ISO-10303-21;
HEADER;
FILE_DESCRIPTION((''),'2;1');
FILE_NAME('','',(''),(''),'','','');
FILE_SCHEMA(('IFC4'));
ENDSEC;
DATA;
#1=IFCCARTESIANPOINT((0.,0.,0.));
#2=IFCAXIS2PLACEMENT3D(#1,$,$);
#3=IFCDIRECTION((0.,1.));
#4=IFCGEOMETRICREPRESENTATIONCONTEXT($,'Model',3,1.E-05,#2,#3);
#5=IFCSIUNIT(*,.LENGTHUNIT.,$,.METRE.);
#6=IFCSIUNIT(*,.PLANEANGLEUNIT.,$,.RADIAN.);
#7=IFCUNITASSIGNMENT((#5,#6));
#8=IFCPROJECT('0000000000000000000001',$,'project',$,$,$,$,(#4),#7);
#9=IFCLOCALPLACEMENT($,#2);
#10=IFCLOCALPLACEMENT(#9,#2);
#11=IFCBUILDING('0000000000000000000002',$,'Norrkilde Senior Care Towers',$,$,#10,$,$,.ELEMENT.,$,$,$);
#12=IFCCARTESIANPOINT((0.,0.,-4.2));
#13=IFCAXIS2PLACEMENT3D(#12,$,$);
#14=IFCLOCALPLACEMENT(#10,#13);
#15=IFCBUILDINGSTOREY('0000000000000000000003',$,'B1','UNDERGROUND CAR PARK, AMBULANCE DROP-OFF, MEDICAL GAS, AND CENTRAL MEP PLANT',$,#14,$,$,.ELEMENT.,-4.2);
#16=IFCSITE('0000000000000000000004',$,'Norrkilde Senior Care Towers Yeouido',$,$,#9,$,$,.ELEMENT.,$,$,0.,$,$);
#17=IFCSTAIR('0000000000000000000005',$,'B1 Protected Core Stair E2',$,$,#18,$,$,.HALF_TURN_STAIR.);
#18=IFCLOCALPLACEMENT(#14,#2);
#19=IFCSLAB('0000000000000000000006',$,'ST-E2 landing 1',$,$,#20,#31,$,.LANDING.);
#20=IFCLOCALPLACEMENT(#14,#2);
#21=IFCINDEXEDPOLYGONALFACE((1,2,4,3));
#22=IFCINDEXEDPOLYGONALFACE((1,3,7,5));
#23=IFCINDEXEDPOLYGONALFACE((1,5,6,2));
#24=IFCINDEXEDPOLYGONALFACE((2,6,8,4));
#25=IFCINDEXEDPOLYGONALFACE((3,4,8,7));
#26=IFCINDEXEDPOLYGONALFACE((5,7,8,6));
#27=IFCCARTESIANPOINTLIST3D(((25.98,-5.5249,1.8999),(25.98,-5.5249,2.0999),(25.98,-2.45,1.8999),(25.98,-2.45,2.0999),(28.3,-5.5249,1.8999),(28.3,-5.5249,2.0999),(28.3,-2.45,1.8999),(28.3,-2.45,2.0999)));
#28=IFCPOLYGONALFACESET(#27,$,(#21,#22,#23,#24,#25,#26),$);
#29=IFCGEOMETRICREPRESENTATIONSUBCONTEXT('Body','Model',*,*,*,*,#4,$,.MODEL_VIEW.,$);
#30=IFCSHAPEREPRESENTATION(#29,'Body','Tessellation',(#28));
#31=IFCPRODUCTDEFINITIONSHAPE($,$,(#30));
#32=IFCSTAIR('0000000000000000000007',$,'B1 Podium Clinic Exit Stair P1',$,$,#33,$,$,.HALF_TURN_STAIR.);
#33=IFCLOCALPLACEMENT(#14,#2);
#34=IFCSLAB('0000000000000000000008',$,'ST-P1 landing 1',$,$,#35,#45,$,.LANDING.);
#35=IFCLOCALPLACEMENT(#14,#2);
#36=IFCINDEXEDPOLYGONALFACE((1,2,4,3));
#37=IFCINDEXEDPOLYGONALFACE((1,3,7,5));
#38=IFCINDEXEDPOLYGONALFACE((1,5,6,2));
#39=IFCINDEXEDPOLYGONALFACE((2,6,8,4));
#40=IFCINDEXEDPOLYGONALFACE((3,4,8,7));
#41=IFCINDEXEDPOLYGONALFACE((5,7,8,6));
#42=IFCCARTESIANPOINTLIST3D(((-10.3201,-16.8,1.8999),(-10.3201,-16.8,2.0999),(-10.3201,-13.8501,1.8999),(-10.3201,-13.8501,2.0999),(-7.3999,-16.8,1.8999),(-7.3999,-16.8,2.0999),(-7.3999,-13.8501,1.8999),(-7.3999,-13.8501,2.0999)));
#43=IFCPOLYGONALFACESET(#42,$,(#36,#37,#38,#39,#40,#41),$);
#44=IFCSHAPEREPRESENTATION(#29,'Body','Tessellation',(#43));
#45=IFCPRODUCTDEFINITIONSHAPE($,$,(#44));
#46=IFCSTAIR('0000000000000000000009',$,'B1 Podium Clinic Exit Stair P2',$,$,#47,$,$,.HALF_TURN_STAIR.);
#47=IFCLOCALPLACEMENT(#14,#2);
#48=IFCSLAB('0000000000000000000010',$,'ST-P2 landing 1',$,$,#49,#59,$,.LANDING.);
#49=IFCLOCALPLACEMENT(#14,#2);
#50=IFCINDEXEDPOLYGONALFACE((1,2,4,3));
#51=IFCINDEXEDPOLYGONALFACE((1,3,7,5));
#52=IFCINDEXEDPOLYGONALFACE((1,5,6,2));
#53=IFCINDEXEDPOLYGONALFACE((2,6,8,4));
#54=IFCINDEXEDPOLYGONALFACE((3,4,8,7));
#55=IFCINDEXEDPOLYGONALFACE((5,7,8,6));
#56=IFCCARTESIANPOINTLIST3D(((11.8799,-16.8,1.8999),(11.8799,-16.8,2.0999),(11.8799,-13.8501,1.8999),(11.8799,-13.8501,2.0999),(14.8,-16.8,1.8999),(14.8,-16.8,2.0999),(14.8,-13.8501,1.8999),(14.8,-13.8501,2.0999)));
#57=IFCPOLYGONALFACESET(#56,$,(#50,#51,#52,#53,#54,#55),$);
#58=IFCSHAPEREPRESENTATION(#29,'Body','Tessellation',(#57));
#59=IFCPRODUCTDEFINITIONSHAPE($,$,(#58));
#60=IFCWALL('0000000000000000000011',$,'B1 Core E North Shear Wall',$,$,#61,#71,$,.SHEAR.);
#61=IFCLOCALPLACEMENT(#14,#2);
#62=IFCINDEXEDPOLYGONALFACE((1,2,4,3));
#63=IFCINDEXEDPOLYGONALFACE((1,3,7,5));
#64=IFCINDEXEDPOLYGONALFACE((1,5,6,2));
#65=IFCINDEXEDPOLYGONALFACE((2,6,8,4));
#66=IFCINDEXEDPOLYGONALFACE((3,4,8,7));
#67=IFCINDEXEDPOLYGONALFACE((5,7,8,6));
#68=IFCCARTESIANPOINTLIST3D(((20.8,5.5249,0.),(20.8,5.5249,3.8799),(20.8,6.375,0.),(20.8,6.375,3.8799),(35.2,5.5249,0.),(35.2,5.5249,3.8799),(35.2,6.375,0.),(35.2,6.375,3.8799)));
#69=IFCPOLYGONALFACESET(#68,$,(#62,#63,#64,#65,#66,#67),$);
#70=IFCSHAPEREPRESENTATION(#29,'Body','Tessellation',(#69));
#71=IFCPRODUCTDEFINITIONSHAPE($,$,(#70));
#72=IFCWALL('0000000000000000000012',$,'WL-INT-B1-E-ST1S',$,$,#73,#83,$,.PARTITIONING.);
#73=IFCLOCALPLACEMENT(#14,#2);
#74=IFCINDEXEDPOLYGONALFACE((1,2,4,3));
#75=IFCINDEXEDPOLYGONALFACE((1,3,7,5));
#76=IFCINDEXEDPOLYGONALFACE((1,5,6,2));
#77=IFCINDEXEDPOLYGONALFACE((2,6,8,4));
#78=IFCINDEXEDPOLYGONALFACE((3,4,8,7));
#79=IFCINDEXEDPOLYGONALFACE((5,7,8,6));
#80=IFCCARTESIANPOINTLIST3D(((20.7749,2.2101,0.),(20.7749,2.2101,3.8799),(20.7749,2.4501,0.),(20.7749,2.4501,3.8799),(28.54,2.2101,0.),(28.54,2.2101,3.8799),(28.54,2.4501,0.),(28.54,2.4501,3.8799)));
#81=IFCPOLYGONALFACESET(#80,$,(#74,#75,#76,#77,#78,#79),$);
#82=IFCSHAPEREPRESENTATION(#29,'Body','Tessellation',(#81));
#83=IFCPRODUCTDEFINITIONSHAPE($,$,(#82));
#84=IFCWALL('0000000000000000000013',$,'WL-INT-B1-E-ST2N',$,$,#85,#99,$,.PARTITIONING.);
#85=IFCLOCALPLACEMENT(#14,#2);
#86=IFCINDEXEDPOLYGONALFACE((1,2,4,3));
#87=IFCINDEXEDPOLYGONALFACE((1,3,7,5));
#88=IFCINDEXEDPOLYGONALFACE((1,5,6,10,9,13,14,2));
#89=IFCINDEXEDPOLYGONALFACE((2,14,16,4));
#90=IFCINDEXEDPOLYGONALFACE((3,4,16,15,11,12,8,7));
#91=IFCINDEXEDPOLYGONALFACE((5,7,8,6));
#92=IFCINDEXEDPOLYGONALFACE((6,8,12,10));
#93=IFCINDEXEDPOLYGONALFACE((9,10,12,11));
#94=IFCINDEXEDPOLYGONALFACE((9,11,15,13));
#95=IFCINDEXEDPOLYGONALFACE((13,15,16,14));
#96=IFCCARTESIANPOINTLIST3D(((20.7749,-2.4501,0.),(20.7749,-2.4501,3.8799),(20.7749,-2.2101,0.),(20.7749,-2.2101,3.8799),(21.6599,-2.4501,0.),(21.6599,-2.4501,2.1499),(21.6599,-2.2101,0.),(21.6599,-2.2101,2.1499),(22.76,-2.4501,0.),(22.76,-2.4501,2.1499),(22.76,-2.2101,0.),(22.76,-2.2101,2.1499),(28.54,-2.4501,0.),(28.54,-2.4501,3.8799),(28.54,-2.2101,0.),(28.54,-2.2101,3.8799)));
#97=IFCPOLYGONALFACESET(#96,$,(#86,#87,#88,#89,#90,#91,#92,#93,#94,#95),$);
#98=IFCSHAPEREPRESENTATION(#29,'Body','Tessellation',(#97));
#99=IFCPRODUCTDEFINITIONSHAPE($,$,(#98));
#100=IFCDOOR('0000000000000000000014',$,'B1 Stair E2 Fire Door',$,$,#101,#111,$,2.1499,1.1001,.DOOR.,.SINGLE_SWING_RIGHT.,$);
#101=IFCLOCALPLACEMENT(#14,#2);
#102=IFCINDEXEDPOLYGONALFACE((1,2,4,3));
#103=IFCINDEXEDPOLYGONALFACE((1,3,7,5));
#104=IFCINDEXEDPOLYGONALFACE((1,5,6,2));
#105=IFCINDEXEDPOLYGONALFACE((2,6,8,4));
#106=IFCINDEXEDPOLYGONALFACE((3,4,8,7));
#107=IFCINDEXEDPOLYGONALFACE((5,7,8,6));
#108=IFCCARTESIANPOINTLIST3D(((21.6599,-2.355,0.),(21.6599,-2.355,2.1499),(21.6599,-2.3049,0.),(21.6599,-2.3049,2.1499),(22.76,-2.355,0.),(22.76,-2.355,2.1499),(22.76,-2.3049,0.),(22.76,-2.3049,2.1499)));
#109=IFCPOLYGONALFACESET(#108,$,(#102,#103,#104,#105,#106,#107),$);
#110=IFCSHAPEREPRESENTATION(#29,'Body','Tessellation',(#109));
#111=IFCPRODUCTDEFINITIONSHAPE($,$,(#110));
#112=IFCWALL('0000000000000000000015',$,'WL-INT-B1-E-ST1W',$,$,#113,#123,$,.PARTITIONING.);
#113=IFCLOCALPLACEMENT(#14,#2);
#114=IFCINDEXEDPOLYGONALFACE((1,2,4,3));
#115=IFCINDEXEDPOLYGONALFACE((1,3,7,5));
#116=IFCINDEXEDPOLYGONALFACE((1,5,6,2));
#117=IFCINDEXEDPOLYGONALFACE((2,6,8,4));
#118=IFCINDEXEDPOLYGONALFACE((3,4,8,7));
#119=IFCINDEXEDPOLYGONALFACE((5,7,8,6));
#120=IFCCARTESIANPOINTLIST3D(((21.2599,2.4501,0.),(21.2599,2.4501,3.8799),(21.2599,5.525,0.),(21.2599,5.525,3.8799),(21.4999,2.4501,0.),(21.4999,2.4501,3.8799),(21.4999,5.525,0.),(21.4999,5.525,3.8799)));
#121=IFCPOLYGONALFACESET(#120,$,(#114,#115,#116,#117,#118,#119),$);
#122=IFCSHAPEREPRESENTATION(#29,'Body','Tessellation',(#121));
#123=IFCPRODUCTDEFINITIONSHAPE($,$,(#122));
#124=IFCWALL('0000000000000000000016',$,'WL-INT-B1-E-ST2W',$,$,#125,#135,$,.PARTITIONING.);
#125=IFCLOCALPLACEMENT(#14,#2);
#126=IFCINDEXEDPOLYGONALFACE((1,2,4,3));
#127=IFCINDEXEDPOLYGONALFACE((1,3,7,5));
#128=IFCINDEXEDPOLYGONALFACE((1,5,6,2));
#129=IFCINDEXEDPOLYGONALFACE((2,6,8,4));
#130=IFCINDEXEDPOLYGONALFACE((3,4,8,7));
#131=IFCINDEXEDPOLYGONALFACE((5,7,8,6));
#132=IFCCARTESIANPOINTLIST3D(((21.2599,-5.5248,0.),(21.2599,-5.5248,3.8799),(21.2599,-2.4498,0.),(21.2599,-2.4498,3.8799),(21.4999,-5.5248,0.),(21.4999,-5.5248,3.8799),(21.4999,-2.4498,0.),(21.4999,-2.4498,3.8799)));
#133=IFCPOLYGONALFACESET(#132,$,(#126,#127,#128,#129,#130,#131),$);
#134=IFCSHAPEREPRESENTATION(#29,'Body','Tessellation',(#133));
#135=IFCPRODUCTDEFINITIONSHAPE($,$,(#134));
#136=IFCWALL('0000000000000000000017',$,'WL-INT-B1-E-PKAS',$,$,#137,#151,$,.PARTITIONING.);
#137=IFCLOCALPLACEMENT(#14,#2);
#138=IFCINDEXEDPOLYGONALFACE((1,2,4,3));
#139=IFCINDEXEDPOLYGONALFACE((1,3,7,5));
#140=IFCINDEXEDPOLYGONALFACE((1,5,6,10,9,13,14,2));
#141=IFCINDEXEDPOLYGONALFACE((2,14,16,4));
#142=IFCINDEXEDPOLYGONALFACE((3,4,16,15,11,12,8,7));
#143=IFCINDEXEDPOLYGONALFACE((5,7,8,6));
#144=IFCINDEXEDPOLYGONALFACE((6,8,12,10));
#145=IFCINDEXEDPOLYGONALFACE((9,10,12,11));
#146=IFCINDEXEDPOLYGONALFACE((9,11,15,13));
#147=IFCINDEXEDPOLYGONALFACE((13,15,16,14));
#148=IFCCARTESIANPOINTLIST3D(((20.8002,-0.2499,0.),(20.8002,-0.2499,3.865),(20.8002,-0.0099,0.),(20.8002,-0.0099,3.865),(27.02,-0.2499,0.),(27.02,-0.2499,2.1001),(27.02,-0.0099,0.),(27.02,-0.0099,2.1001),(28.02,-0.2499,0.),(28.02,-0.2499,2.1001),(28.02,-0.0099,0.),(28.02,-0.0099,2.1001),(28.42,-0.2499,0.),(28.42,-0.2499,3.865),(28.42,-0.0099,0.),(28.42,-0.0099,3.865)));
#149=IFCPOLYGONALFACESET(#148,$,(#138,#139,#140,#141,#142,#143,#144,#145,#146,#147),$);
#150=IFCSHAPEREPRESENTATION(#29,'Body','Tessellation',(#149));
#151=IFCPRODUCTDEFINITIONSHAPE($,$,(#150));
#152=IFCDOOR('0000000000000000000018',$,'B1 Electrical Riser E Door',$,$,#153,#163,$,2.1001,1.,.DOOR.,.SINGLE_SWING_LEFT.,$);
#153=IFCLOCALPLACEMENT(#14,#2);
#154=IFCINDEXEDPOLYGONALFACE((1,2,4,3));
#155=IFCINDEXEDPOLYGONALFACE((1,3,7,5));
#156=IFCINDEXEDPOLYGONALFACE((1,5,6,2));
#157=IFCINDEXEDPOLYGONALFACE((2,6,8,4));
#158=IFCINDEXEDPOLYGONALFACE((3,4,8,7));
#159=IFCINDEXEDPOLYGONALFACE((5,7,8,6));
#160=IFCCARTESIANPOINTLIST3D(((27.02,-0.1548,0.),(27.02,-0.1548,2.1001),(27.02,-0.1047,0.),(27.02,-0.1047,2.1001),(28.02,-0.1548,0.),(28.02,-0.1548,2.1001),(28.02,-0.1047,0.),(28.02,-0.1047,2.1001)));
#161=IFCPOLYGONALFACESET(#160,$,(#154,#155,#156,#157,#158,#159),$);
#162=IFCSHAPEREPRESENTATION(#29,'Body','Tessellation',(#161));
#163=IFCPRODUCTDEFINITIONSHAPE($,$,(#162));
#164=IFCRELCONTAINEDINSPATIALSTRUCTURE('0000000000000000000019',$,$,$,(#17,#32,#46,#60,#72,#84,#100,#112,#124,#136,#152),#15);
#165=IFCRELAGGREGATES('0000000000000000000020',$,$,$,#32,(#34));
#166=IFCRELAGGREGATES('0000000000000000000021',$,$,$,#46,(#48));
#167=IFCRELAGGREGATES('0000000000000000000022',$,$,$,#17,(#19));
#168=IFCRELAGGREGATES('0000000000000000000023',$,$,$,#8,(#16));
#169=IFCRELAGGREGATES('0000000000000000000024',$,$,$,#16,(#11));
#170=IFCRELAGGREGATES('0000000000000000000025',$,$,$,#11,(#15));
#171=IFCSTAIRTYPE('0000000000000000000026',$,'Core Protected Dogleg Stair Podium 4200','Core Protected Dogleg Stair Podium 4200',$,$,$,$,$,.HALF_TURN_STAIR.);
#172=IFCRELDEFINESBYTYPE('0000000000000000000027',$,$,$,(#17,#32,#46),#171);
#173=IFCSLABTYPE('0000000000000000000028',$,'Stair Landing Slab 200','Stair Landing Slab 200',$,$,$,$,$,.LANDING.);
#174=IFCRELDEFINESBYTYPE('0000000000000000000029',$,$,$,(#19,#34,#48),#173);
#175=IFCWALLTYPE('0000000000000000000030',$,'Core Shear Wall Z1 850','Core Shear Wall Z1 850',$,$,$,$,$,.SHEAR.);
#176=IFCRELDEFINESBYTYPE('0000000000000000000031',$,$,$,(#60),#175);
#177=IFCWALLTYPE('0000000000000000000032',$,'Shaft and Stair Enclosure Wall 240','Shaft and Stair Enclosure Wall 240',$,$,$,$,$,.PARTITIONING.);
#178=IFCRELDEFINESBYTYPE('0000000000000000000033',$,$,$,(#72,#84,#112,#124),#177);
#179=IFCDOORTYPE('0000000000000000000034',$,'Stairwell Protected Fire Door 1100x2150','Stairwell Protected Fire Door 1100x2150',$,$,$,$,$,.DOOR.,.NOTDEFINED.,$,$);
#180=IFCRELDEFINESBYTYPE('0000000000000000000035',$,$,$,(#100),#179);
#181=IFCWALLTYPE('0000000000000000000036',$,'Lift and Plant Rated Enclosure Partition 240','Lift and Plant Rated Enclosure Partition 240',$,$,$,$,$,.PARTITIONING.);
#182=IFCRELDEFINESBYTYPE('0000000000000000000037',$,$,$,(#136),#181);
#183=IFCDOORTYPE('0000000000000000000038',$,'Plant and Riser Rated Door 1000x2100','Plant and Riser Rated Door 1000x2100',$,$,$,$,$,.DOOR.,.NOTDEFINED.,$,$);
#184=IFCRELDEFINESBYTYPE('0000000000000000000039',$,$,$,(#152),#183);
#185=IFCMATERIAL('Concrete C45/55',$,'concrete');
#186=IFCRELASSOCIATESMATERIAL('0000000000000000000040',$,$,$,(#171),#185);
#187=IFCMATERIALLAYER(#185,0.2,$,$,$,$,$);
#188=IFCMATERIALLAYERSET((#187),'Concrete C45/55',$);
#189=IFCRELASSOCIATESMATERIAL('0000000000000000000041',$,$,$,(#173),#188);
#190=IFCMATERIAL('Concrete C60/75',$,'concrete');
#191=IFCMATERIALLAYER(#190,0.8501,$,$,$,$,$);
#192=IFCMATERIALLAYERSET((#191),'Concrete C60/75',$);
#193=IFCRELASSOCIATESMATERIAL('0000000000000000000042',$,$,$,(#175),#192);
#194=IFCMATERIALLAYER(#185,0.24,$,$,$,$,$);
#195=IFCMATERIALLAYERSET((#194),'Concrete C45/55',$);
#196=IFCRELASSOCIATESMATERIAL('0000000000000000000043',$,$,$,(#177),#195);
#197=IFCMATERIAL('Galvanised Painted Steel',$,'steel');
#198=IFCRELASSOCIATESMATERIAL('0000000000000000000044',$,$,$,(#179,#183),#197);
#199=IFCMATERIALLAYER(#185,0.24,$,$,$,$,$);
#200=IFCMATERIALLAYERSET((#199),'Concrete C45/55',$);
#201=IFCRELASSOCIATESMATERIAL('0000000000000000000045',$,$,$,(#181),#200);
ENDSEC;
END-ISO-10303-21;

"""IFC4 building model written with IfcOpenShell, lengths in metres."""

from ifc_helpers import new_model, si_unit, direction, frame, frame_2d, origin, place, context, subcontext, project, spatial, polyline, rectangle, outline, extrude, source, transform, mapped, material, layer, layer_set, type_object, type_shapes, element, fill, aggregate, save


model = new_model("IFC4")

# Units and contexts
model_context = context("Model", 3, precision=1e-05, world=origin(), true_north=direction((0.0, 1.0)))
body_context = subcontext(model_context, "Body", "Model", "MODEL_VIEW")
ifc_project = project(units=[si_unit("LENGTHUNIT", "METRE"), si_unit("PLANEANGLEUNIT", "RADIAN")], contexts=[model_context])

# Site, building, storey
site_placement = place(None, origin())
site = spatial("IfcSite", under=ifc_project, at=site_placement, Name="Norrkilde Senior Care Towers Yeouido", CompositionType="ELEMENT", RefElevation=0.0)
building_placement = place(site_placement, origin())
building = spatial("IfcBuilding", under=site, at=building_placement, Name="Norrkilde Senior Care Towers", CompositionType="ELEMENT")
storey_placement = place(building_placement, frame((0.0, 0.0, -4.2)))
storey = spatial("IfcBuildingStorey", under=building, at=storey_placement, Name="B1", Description="UNDERGROUND CAR PARK, AMBULANCE DROP-OFF, MEDICAL GAS, AND CENTRAL MEP PLANT", CompositionType="ELEMENT", Elevation=-4.2)

# Shared definitions
ifc_material_1 = material(Name="Concrete C60/75", Category="concrete")

# Stairs, slabs
ifc_material_2 = material(Name="Concrete C45/55", Category="concrete")
stair_type = type_object("IfcStairType", Name="Core Protected Dogleg Stair Podium 4200", Description="Core Protected Dogleg Stair Podium 4200", PredefinedType="HALF_TURN_STAIR", material=ifc_material_2)
ifc_layer_1 = layer(ifc_material_2, 0.2)
ifc_layer_set_1 = layer_set([ifc_layer_1], Name="Concrete C45/55")
slab_type = type_object("IfcSlabType", Name="Stair Landing Slab 200", Description="Stair Landing Slab 200", PredefinedType="LANDING", material=ifc_layer_set_1)
stair_1_placement = place(storey_placement, origin())
stair_1 = element("IfcStair", 1, at=stair_1_placement, inside=storey, type_object=stair_type, Name="B1 Protected Core Stair E2", PredefinedType="HALF_TURN_STAIR")
slab_1_placement = place(storey_placement, frame((0.0, 0.0, 1.8999)))
slab_1 = element("IfcSlab", 2, at=slab_1_placement, type_object=slab_type, Name="ST-E2 landing 1", PredefinedType="LANDING", context=body_context, shape_type="SweptSolid", body=[
    extrude(outline(polyline([(25.98, -5.5249), (28.3, -5.5249), (28.3, -2.45), (25.98, -2.45), (25.98, -5.5249)])), origin(), (0.0, 0.0, 1.0), 0.2),
])
stair_2_placement = place(storey_placement, origin())
stair_2 = element("IfcStair", 3, at=stair_2_placement, inside=storey, type_object=stair_type, Name="B1 Podium Clinic Exit Stair P1", PredefinedType="HALF_TURN_STAIR")
slab_2_placement = place(storey_placement, frame((0.0, 0.0, 1.8999)))
slab_2 = element("IfcSlab", 4, at=slab_2_placement, type_object=slab_type, Name="ST-P1 landing 1", PredefinedType="LANDING", context=body_context, shape_type="SweptSolid", body=[
    extrude(outline(polyline([(-10.3201, -16.8), (-7.3999, -16.8), (-7.3999, -13.8501), (-10.3201, -13.8501), (-10.3201, -16.8)])), origin(), (0.0, 0.0, 1.0), 0.2),
])
aggregate(stair_2, [slab_2])
stair_3_placement = place(storey_placement, origin())
stair_3 = element("IfcStair", 5, at=stair_3_placement, inside=storey, type_object=stair_type, Name="B1 Podium Clinic Exit Stair P2", PredefinedType="HALF_TURN_STAIR")
slab_3_placement = place(storey_placement, frame((0.0, 0.0, 1.8999)))
slab_3 = element("IfcSlab", 6, at=slab_3_placement, type_object=slab_type, Name="ST-P2 landing 1", PredefinedType="LANDING", context=body_context, shape_type="SweptSolid", body=[
    extrude(outline(polyline([(11.8799, -16.8), (14.8, -16.8), (14.8, -13.8501), (11.8799, -13.8501), (11.8799, -16.8)])), origin(), (0.0, 0.0, 1.0), 0.2),
])
aggregate(stair_3, [slab_3])

# Wall
ifc_layer_2 = layer(ifc_material_1, 0.8501)
ifc_layer_set_2 = layer_set([ifc_layer_2], Name="Concrete C60/75")
wall_type_1 = type_object("IfcWallType", Name="Core Shear Wall Z1 850", Description="Core Shear Wall Z1 850", PredefinedType="SHEAR", material=ifc_layer_set_2)
shared_shape_1 = source(origin(), body_context, "Body", "SweptSolid", [
    extrude(rectangle(XDim=14.3999, YDim=0.8501, at=frame_2d((7.2, 0.0))), origin(), (0.0, 0.0, 1.0), 3.8799),
])
wall_1_placement = place(storey_placement, frame((20.8, 5.95, 0.0), z_axis=(0.0, 0.0, 1.0), x_axis=(1.0, 0.0, 0.0)))
element("IfcWall", 7, at=wall_1_placement, inside=storey, type_object=wall_type_1, Name="B1 Core E North Shear Wall", PredefinedType="SHEAR", context=body_context, shape_type="MappedRepresentation", body=[
    mapped(shared_shape_1, transform((0.0, 0.0, 0.0), x_axis=(1.0, 0.0, 0.0), y_axis=(0.0, 1.0, 0.0), z_axis=(0.0, 0.0, 1.0), scale=1.0)),
])

# Shared definitions
ifc_material_3 = material(Name="Galvanised Painted Steel", Category="steel")

# Wall
ifc_layer_3 = layer(ifc_material_2, 0.24)
ifc_layer_set_3 = layer_set([ifc_layer_3], Name="Concrete C45/55")
wall_type_2 = type_object("IfcWallType", Name="Shaft and Stair Enclosure Wall 240", Description="Shaft and Stair Enclosure Wall 240", PredefinedType="PARTITIONING", material=ifc_layer_set_3)
shared_shape_2 = source(origin(), body_context, "Body", "SweptSolid", [
    extrude(rectangle(XDim=7.7651, YDim=0.24, at=frame_2d((3.8826, 0.0))), origin(), (0.0, 0.0, 1.0), 3.8799),
])
wall_2_placement = place(storey_placement, frame((20.7749, 2.3301, 0.0), z_axis=(0.0, 0.0, 1.0), x_axis=(1.0, 0.0, 0.0)))
element("IfcWall", 8, at=wall_2_placement, inside=storey, type_object=wall_type_2, Name="WL-INT-B1-E-ST1S", PredefinedType="PARTITIONING", context=body_context, shape_type="MappedRepresentation", body=[
    mapped(shared_shape_2, transform((0.0, 0.0, 0.0), x_axis=(1.0, 0.0, 0.0), y_axis=(0.0, 1.0, 0.0), z_axis=(0.0, 0.0, 1.0), scale=1.0)),
])

# Wall, opening, door
wall_3_placement = place(storey_placement, frame((20.7749, -2.3301, 0.0), z_axis=(0.0, 0.0, 1.0), x_axis=(1.0, 0.0, 0.0)))
wall_3 = element("IfcWall", 9, at=wall_3_placement, inside=storey, type_object=wall_type_2, Name="WL-INT-B1-E-ST2N", PredefinedType="PARTITIONING", context=body_context, shape_type="MappedRepresentation", body=[
    mapped(shared_shape_2, transform((0.0, 0.0, 0.0), x_axis=(1.0, 0.0, 0.0), y_axis=(0.0, 1.0, 0.0), z_axis=(0.0, 0.0, 1.0), scale=1.0)),
])
opening_1_placement = place(wall_3_placement, frame((0.885, 0.0, 0.0)))
opening_1 = element("IfcOpeningElement", 10, at=opening_1_placement, cuts=wall_3, PredefinedType="OPENING", context=body_context, shape_type="SweptSolid", body=[
    extrude(rectangle(XDim=1.1001, YDim=2.1499, at=frame_2d((0.55, 1.075))), frame((0.0, 0.1299, 0.0), z_axis=(0.0, -1.0, 0.0), x_axis=(1.0, 0.0, 0.0)), (0.0, 0.0, 1.0), 0.26),
])
door_type_1 = type_object("IfcDoorType", Name="Stairwell Protected Fire Door 1100x2150", Description="Stairwell Protected Fire Door 1100x2150", OperationType="NOTDEFINED", PredefinedType="DOOR", material=ifc_material_3)
shared_shape_3 = source(origin(), body_context, "Body", "SweptSolid", [
    extrude(rectangle(XDim=1.1001, YDim=2.1499, at=frame_2d((0.55, 1.075))), frame((0.0, 0.0249, 0.0), z_axis=(0.0, -1.0, 0.0), x_axis=(1.0, 0.0, 0.0)), (0.0, 0.0, 1.0), 0.05),
])
type_shapes(door_type_1, [shared_shape_3])
door_1_placement = place(opening_1_placement, frame((1.1001, 0.0, 0.0), z_axis=(0.0, 0.0, 1.0), x_axis=(-1.0, 0.0, 0.0)))
door_1 = element("IfcDoor", 11, at=door_1_placement, inside=storey, type_object=door_type_1, Name="B1 Stair E2 Fire Door", OperationType="SINGLE_SWING_RIGHT", OverallHeight=2.1499, OverallWidth=1.1001, PredefinedType="DOOR", context=body_context, shape_type="MappedRepresentation", body=[
    mapped(shared_shape_3, transform((0.0, 0.0, 0.0), x_axis=(1.0, 0.0, 0.0), y_axis=(0.0, 1.0, 0.0), z_axis=(0.0, 0.0, 1.0), scale=1.0)),
])
fill(opening_1, door_1)

# Walls
shared_shape_4 = source(origin(), body_context, "Body", "SweptSolid", [
    extrude(rectangle(XDim=3.075, YDim=0.24, at=frame_2d((1.5376, 0.0))), origin(), (0.0, 0.0, 1.0), 3.8799),
])
type_shapes(wall_type_2, [shared_shape_2, shared_shape_4])
for number, where, z_axis, x_axis, name in (
    (12, (21.3799, 2.45, 0.0), (0.0, 0.0, 1.0), (0.0, 1.0, 0.0), "WL-INT-B1-E-ST1W"),
    (13, (21.3799, -5.5249, 0.0), (0.0, 0.0, 1.0), (0.0, 1.0, 0.0), "WL-INT-B1-E-ST2W"),
):
    element("IfcWall", number, at=place(storey_placement, frame(where, z_axis=z_axis, x_axis=x_axis)), inside=storey, type_object=wall_type_2, Name=name, PredefinedType="PARTITIONING", context=body_context, shape_type="MappedRepresentation", body=[
        mapped(shared_shape_4, transform((0.0, 0.0, 0.0), x_axis=(1.0, 0.0, 0.0), y_axis=(0.0, 1.0, 0.0), z_axis=(0.0, 0.0, 1.0), scale=1.0)),
    ])

# Wall, opening, door
ifc_layer_4 = layer(ifc_material_2, 0.24)
ifc_layer_set_4 = layer_set([ifc_layer_4], Name="Concrete C45/55")
wall_type_3 = type_object("IfcWallType", Name="Lift and Plant Rated Enclosure Partition 240", Description="Lift and Plant Rated Enclosure Partition 240", PredefinedType="PARTITIONING", material=ifc_layer_set_4)
shared_shape_5 = source(origin(), body_context, "Body", "SweptSolid", [
    extrude(rectangle(XDim=7.6199, YDim=0.24, at=frame_2d((3.8101, 0.0))), origin(), (0.0, 0.0, 1.0), 3.865),
])
type_shapes(wall_type_3, [shared_shape_5])
wall_4_placement = place(storey_placement, frame((20.8, -0.1299, 0.0), z_axis=(0.0, 0.0, 1.0), x_axis=(1.0, 0.0, 0.0)))
wall_4 = element("IfcWall", 14, at=wall_4_placement, inside=storey, type_object=wall_type_3, Name="WL-INT-B1-E-PKAS", PredefinedType="PARTITIONING", context=body_context, shape_type="MappedRepresentation", body=[
    mapped(shared_shape_5, transform((0.0, 0.0, 0.0), x_axis=(1.0, 0.0, 0.0), y_axis=(0.0, 1.0, 0.0), z_axis=(0.0, 0.0, 1.0), scale=1.0)),
])
opening_2_placement = place(wall_4_placement, frame((6.22, 0.0, 0.0)))
opening_2 = element("IfcOpeningElement", 15, at=opening_2_placement, cuts=wall_4, PredefinedType="OPENING", context=body_context, shape_type="SweptSolid", body=[
    extrude(rectangle(XDim=1.0, YDim=2.1001, at=frame_2d((0.5, 1.05))), frame((0.0, 0.1299, 0.0), z_axis=(0.0, -1.0, 0.0), x_axis=(1.0, 0.0, 0.0)), (0.0, 0.0, 1.0), 0.26),
])
door_type_2 = type_object("IfcDoorType", Name="Plant and Riser Rated Door 1000x2100", Description="Plant and Riser Rated Door 1000x2100", OperationType="NOTDEFINED", PredefinedType="DOOR", material=ifc_material_3)
shared_shape_6 = source(origin(), body_context, "Body", "SweptSolid", [
    extrude(rectangle(XDim=1.0, YDim=2.1001, at=frame_2d((0.5, 1.05))), frame((0.0, 0.0249, 0.0), z_axis=(0.0, -1.0, 0.0), x_axis=(1.0, 0.0, 0.0)), (0.0, 0.0, 1.0), 0.05),
])
type_shapes(door_type_2, [shared_shape_6])
door_2_placement = place(opening_2_placement, frame((1.0, 0.0, 0.0), z_axis=(0.0, 0.0, 1.0), x_axis=(-1.0, 0.0, 0.0)))
door_2 = element("IfcDoor", 16, at=door_2_placement, inside=storey, type_object=door_type_2, Name="B1 Electrical Riser E Door", OperationType="SINGLE_SWING_LEFT", OverallHeight=2.1001, OverallWidth=1.0, PredefinedType="DOOR", context=body_context, shape_type="MappedRepresentation", body=[
    mapped(shared_shape_6, transform((0.0, 0.0, 0.0), x_axis=(1.0, 0.0, 0.0), y_axis=(0.0, 1.0, 0.0), z_axis=(0.0, 0.0, 1.0), scale=1.0)),
])
fill(opening_2, door_2)

aggregate(stair_1, [slab_1])

save(model, "model.ifc")
